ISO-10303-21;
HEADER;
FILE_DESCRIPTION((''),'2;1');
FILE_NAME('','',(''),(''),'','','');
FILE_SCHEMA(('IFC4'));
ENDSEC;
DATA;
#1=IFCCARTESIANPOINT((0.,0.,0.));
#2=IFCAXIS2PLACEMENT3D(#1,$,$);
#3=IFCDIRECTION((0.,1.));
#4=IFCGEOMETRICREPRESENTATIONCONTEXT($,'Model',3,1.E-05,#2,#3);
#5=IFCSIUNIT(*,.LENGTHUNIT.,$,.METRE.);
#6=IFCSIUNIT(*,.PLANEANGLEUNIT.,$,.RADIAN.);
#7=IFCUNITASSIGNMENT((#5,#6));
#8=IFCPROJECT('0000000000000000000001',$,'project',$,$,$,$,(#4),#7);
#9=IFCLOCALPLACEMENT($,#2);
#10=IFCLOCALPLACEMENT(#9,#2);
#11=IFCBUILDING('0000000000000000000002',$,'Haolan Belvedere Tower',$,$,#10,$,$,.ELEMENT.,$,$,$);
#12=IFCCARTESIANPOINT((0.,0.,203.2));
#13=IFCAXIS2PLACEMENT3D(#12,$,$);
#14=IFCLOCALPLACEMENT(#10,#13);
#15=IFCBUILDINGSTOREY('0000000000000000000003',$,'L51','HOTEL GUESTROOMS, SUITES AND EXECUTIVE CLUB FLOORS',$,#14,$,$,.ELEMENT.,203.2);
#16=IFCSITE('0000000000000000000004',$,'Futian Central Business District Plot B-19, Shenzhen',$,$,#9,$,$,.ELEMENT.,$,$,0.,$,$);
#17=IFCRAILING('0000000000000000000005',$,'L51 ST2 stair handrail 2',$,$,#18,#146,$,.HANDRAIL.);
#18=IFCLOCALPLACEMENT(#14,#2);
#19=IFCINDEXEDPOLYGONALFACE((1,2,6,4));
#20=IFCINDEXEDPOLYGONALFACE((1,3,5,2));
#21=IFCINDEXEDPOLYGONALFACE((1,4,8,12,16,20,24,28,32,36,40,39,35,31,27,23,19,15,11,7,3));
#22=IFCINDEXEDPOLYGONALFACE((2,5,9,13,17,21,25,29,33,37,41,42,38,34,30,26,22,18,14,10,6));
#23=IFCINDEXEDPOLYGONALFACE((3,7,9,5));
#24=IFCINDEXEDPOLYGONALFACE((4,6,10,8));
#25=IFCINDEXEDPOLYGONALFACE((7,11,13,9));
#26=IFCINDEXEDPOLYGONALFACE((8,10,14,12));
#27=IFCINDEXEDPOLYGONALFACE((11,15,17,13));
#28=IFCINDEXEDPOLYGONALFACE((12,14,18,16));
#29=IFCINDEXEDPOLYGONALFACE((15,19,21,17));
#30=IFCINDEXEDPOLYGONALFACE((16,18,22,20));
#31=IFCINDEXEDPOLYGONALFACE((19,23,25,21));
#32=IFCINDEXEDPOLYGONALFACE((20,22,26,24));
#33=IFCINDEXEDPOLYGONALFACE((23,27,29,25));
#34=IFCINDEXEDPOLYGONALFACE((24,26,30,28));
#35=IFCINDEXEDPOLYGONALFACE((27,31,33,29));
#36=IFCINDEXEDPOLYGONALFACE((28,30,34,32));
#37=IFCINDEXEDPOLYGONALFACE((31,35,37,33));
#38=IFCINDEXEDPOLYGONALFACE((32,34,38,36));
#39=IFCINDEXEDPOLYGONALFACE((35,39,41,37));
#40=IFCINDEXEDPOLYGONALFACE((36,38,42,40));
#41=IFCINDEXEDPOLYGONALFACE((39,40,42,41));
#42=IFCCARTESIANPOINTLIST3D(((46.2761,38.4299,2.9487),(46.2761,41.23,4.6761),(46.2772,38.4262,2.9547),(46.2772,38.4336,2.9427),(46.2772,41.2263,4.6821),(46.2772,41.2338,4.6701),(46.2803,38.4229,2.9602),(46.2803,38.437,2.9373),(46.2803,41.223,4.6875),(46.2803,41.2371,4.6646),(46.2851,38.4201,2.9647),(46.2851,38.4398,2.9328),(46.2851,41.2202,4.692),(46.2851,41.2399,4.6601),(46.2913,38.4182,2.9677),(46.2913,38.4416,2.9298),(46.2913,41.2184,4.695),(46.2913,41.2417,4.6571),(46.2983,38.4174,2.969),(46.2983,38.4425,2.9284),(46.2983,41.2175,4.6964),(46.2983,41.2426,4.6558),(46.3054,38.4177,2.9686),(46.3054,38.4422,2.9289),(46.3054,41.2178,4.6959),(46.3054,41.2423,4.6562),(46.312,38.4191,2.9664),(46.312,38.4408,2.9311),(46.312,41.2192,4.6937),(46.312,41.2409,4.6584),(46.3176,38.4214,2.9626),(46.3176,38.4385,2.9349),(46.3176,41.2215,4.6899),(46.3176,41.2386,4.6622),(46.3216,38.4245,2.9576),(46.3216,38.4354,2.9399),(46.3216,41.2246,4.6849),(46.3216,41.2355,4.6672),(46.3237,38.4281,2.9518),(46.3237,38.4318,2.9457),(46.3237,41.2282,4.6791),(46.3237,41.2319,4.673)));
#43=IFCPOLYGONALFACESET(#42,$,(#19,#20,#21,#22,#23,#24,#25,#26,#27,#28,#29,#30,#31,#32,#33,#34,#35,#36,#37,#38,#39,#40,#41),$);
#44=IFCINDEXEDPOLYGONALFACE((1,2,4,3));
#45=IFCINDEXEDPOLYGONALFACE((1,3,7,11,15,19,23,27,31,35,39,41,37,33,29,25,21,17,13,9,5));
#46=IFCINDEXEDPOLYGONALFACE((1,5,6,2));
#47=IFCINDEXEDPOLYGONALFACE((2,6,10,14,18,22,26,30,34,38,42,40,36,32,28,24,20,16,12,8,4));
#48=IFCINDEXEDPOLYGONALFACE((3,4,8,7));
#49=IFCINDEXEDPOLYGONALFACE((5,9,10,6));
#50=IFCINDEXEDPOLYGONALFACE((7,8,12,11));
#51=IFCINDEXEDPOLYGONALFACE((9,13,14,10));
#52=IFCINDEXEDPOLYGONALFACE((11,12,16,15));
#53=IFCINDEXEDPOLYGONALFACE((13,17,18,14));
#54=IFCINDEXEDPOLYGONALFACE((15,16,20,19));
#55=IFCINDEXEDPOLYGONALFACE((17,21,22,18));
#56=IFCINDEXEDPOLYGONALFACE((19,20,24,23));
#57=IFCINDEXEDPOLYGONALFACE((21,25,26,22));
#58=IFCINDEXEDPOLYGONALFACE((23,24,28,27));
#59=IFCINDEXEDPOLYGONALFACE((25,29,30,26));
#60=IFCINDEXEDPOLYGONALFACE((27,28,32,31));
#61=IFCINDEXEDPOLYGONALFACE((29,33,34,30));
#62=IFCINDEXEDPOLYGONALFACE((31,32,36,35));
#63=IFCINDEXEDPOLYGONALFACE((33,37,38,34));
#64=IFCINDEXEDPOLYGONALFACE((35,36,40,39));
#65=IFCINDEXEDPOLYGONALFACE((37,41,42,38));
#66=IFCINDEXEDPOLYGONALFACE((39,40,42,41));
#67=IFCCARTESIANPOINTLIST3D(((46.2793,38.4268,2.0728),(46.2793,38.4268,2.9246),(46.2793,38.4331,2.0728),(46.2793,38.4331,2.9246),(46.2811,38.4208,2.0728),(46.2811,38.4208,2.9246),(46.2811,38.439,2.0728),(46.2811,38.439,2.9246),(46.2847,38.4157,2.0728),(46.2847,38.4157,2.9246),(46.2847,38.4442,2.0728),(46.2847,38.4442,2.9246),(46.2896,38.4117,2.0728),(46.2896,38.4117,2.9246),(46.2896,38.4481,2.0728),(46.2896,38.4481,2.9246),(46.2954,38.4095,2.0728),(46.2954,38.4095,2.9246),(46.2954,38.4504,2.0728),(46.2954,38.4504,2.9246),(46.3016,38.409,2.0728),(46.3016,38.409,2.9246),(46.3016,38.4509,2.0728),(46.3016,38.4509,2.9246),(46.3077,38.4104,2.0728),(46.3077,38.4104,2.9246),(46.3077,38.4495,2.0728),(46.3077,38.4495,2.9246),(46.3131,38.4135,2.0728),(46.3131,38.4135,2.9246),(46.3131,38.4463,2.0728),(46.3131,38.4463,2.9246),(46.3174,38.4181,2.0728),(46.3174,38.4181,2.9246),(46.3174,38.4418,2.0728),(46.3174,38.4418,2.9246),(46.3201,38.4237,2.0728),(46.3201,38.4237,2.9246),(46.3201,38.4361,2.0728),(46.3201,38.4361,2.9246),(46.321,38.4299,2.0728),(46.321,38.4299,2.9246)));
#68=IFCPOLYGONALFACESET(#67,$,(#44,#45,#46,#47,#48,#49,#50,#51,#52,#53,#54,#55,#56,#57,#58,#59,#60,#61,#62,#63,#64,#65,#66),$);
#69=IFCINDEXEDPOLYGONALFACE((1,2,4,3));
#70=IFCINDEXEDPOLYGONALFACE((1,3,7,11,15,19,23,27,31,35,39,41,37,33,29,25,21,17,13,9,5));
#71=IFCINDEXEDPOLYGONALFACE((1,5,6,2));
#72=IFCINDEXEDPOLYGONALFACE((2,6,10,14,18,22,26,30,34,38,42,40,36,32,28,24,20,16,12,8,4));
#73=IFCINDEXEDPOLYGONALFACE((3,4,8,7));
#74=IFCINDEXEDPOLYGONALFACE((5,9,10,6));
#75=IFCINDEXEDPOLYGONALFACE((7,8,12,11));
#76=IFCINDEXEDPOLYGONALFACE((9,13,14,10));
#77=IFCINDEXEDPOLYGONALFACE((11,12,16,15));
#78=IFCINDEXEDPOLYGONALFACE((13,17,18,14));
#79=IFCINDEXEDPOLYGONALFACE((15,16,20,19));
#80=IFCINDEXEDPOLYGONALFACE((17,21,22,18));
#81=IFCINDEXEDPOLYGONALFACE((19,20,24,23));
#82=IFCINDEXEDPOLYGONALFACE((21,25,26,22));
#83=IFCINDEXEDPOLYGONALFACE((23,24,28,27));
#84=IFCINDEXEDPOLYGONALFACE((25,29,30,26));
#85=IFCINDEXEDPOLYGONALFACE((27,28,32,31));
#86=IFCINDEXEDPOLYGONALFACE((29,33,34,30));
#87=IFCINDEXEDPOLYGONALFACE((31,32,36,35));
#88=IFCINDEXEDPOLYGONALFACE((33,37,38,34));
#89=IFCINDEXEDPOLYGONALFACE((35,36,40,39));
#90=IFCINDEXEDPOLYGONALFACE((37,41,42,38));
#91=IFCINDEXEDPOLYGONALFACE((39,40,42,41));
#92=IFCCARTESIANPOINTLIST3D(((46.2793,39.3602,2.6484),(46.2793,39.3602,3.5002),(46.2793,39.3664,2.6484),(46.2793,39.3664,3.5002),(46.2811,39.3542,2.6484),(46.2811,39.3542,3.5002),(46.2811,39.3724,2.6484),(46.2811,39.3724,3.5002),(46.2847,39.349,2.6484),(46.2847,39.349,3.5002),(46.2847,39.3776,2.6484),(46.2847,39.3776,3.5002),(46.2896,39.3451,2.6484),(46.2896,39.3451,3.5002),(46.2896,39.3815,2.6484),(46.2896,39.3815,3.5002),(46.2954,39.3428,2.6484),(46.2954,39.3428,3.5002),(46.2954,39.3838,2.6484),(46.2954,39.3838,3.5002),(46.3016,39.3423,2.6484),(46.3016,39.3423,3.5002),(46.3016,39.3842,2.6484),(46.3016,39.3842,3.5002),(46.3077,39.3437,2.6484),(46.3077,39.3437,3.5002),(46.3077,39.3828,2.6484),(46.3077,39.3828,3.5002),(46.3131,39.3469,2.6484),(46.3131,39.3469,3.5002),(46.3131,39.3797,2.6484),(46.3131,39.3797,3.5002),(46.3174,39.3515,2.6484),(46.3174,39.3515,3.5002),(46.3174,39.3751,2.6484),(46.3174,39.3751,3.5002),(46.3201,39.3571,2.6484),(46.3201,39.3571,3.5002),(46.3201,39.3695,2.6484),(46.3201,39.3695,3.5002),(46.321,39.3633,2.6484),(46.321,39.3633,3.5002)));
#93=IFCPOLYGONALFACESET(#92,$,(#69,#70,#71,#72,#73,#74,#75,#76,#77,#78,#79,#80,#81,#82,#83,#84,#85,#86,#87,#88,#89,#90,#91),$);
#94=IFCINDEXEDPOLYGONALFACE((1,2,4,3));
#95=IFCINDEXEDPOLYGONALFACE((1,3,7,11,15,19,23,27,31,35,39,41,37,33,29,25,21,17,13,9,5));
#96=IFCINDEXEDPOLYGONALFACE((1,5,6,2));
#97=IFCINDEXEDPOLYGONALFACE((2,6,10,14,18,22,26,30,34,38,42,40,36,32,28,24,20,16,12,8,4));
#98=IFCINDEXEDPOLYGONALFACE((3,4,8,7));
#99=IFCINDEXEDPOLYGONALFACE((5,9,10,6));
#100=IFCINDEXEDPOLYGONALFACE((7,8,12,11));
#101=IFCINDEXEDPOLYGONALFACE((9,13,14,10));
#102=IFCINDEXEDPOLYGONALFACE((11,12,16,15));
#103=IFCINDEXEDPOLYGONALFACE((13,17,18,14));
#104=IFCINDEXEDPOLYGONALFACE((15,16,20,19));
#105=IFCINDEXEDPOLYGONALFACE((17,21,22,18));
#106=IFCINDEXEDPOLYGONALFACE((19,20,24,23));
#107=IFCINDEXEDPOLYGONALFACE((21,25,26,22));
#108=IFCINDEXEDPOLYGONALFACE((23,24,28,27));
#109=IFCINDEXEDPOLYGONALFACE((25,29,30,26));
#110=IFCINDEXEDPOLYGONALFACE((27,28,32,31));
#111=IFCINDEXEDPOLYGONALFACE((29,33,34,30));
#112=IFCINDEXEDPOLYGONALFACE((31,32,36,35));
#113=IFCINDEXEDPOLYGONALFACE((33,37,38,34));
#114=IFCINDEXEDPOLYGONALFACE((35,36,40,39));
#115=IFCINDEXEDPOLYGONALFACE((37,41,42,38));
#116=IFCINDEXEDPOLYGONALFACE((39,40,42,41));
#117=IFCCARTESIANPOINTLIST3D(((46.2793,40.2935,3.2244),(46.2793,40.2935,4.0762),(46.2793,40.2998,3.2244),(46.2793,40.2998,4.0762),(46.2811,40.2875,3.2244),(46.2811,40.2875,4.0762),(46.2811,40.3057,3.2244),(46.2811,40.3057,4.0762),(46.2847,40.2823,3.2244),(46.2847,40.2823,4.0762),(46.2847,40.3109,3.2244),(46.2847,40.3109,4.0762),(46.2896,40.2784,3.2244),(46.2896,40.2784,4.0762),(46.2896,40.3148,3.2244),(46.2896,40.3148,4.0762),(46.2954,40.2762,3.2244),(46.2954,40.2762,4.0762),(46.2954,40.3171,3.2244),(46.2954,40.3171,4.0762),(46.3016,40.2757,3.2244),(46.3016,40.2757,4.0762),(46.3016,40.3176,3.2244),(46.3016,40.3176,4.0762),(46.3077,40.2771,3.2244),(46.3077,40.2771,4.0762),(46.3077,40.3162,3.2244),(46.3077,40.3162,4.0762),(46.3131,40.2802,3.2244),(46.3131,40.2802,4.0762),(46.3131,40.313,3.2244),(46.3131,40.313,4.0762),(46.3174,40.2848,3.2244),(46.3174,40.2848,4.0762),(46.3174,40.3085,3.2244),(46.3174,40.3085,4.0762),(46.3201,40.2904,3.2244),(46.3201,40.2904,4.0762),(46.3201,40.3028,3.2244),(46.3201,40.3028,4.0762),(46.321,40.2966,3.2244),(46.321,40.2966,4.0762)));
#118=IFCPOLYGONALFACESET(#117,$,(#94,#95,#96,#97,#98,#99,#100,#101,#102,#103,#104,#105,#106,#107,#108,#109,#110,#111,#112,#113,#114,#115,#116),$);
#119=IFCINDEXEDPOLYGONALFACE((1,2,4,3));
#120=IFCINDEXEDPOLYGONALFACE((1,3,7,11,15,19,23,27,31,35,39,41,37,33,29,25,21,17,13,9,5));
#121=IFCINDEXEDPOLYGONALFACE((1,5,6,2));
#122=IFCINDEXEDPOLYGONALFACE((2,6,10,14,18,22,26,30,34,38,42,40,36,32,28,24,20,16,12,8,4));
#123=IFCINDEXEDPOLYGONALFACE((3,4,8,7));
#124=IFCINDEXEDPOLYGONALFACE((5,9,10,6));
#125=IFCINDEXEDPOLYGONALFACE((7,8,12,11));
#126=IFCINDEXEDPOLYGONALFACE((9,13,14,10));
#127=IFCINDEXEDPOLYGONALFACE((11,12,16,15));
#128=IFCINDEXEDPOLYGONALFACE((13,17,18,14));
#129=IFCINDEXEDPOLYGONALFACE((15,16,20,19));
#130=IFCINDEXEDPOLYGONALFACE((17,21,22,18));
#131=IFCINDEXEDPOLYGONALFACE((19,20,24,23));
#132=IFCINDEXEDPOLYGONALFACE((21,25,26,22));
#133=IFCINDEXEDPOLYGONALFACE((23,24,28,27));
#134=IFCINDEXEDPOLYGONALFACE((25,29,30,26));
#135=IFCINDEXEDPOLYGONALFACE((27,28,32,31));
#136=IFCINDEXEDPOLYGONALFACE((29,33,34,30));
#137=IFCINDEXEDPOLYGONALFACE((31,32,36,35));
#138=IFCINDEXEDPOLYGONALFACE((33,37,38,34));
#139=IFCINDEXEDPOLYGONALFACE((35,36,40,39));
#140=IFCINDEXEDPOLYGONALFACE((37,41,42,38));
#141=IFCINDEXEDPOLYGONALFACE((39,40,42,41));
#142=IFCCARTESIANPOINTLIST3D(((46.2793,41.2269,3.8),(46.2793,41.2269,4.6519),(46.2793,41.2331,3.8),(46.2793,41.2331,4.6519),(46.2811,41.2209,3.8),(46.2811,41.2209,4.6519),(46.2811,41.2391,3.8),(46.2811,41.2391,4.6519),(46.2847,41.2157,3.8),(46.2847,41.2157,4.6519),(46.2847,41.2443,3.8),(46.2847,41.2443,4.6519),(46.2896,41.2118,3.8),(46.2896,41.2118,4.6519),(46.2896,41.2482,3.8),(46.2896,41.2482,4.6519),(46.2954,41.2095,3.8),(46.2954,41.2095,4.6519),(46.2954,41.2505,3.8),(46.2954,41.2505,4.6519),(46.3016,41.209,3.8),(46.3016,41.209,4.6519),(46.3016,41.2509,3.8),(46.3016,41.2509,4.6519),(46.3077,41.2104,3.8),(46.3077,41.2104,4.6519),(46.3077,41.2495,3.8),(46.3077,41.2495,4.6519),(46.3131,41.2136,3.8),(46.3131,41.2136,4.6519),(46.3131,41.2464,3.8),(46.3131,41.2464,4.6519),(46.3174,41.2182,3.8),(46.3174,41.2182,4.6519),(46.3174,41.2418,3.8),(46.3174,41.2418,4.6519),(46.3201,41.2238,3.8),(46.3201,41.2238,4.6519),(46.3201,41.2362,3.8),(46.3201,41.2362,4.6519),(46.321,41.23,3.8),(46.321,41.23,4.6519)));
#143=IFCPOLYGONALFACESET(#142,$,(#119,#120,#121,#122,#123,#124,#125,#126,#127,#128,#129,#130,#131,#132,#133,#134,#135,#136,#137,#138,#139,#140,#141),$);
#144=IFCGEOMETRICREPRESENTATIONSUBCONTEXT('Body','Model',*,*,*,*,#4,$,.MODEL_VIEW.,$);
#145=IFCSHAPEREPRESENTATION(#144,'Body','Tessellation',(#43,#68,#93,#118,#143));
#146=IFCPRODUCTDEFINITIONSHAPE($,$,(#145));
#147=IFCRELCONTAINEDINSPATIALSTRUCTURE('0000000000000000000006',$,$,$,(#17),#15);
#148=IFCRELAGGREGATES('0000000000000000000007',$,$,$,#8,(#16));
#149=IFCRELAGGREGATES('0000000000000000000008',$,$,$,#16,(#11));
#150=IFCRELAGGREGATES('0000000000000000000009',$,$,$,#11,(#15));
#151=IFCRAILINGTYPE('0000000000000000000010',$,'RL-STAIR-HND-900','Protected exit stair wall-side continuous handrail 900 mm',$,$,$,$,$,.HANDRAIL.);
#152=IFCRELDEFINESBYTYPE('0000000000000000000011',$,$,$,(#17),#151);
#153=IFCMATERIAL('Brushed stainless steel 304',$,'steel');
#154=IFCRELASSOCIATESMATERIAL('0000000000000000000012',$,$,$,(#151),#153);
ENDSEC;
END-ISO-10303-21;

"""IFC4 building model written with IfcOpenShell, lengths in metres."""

from ifc_helpers import new_model, si_unit, direction, frame, origin, origin_2d, place, context, subcontext, project, spatial, circle, extrude, material, type_object, element, save


model = new_model("IFC4")

# Units and contexts
model_context = context("Model", 3, precision=1e-05, world=origin(), true_north=direction((0.0, 1.0)))
body_context = subcontext(model_context, "Body", "Model", "MODEL_VIEW")
ifc_project = project(units=[si_unit("LENGTHUNIT", "METRE"), si_unit("PLANEANGLEUNIT", "RADIAN")], contexts=[model_context])

# Site, building, storey
site_placement = place(None, origin())
site = spatial("IfcSite", under=ifc_project, at=site_placement, Name="Futian Central Business District Plot B-19, Shenzhen", CompositionType="ELEMENT", RefElevation=0.0)
building_placement = place(site_placement, origin())
building = spatial("IfcBuilding", under=site, at=building_placement, Name="Haolan Belvedere Tower", CompositionType="ELEMENT")
storey_placement = place(building_placement, frame((0.0, 0.0, 203.2)))
storey = spatial("IfcBuildingStorey", under=building, at=storey_placement, Name="L51", Description="HOTEL GUESTROOMS, SUITES AND EXECUTIVE CLUB FLOORS", CompositionType="ELEMENT", Elevation=203.2)

# Railing
ifc_material_1 = material(Name="Brushed stainless steel 304", Category="steel")
railing_type_1 = type_object("IfcRailingType", Name="RL-STAIR-HND-900", Description="Protected exit stair wall-side continuous handrail 900 mm", PredefinedType="HANDRAIL", material=ifc_material_1)
railing_1_placement = place(storey_placement, frame((46.3, 38.4299, 2.0728)))
element("IfcRailing", 1, at=railing_1_placement, inside=storey, type_object=railing_type_1, Name="L51 ST2 stair handrail 2", PredefinedType="HANDRAIL", context=body_context, shape_type="SweptSolid", body=[
    extrude(circle(Radius=0.0239, at=origin_2d()), frame((0.0, 0.0, 0.876), z_axis=(0.0, 0.85109, 0.52502), x_axis=(-1.0, 0.0, 0.0)), (0.0, 0.0, 1.0), 3.29),
    extrude(circle(Radius=0.021, at=origin_2d()), origin(), (0.0, 0.0, 1.0), 0.8518),
    extrude(circle(Radius=0.021, at=origin_2d()), frame((0.0, 0.9333, 0.5757)), (0.0, 0.0, 1.0), 0.8518),
    extrude(circle(Radius=0.021, at=origin_2d()), frame((0.0, 1.8667, 1.1516)), (0.0, 0.0, 1.0), 0.8518),
    extrude(circle(Radius=0.021, at=origin_2d()), frame((0.0, 2.8, 1.7273)), (0.0, 0.0, 1.0), 0.8518),
])

save(model, "model.ifc")
